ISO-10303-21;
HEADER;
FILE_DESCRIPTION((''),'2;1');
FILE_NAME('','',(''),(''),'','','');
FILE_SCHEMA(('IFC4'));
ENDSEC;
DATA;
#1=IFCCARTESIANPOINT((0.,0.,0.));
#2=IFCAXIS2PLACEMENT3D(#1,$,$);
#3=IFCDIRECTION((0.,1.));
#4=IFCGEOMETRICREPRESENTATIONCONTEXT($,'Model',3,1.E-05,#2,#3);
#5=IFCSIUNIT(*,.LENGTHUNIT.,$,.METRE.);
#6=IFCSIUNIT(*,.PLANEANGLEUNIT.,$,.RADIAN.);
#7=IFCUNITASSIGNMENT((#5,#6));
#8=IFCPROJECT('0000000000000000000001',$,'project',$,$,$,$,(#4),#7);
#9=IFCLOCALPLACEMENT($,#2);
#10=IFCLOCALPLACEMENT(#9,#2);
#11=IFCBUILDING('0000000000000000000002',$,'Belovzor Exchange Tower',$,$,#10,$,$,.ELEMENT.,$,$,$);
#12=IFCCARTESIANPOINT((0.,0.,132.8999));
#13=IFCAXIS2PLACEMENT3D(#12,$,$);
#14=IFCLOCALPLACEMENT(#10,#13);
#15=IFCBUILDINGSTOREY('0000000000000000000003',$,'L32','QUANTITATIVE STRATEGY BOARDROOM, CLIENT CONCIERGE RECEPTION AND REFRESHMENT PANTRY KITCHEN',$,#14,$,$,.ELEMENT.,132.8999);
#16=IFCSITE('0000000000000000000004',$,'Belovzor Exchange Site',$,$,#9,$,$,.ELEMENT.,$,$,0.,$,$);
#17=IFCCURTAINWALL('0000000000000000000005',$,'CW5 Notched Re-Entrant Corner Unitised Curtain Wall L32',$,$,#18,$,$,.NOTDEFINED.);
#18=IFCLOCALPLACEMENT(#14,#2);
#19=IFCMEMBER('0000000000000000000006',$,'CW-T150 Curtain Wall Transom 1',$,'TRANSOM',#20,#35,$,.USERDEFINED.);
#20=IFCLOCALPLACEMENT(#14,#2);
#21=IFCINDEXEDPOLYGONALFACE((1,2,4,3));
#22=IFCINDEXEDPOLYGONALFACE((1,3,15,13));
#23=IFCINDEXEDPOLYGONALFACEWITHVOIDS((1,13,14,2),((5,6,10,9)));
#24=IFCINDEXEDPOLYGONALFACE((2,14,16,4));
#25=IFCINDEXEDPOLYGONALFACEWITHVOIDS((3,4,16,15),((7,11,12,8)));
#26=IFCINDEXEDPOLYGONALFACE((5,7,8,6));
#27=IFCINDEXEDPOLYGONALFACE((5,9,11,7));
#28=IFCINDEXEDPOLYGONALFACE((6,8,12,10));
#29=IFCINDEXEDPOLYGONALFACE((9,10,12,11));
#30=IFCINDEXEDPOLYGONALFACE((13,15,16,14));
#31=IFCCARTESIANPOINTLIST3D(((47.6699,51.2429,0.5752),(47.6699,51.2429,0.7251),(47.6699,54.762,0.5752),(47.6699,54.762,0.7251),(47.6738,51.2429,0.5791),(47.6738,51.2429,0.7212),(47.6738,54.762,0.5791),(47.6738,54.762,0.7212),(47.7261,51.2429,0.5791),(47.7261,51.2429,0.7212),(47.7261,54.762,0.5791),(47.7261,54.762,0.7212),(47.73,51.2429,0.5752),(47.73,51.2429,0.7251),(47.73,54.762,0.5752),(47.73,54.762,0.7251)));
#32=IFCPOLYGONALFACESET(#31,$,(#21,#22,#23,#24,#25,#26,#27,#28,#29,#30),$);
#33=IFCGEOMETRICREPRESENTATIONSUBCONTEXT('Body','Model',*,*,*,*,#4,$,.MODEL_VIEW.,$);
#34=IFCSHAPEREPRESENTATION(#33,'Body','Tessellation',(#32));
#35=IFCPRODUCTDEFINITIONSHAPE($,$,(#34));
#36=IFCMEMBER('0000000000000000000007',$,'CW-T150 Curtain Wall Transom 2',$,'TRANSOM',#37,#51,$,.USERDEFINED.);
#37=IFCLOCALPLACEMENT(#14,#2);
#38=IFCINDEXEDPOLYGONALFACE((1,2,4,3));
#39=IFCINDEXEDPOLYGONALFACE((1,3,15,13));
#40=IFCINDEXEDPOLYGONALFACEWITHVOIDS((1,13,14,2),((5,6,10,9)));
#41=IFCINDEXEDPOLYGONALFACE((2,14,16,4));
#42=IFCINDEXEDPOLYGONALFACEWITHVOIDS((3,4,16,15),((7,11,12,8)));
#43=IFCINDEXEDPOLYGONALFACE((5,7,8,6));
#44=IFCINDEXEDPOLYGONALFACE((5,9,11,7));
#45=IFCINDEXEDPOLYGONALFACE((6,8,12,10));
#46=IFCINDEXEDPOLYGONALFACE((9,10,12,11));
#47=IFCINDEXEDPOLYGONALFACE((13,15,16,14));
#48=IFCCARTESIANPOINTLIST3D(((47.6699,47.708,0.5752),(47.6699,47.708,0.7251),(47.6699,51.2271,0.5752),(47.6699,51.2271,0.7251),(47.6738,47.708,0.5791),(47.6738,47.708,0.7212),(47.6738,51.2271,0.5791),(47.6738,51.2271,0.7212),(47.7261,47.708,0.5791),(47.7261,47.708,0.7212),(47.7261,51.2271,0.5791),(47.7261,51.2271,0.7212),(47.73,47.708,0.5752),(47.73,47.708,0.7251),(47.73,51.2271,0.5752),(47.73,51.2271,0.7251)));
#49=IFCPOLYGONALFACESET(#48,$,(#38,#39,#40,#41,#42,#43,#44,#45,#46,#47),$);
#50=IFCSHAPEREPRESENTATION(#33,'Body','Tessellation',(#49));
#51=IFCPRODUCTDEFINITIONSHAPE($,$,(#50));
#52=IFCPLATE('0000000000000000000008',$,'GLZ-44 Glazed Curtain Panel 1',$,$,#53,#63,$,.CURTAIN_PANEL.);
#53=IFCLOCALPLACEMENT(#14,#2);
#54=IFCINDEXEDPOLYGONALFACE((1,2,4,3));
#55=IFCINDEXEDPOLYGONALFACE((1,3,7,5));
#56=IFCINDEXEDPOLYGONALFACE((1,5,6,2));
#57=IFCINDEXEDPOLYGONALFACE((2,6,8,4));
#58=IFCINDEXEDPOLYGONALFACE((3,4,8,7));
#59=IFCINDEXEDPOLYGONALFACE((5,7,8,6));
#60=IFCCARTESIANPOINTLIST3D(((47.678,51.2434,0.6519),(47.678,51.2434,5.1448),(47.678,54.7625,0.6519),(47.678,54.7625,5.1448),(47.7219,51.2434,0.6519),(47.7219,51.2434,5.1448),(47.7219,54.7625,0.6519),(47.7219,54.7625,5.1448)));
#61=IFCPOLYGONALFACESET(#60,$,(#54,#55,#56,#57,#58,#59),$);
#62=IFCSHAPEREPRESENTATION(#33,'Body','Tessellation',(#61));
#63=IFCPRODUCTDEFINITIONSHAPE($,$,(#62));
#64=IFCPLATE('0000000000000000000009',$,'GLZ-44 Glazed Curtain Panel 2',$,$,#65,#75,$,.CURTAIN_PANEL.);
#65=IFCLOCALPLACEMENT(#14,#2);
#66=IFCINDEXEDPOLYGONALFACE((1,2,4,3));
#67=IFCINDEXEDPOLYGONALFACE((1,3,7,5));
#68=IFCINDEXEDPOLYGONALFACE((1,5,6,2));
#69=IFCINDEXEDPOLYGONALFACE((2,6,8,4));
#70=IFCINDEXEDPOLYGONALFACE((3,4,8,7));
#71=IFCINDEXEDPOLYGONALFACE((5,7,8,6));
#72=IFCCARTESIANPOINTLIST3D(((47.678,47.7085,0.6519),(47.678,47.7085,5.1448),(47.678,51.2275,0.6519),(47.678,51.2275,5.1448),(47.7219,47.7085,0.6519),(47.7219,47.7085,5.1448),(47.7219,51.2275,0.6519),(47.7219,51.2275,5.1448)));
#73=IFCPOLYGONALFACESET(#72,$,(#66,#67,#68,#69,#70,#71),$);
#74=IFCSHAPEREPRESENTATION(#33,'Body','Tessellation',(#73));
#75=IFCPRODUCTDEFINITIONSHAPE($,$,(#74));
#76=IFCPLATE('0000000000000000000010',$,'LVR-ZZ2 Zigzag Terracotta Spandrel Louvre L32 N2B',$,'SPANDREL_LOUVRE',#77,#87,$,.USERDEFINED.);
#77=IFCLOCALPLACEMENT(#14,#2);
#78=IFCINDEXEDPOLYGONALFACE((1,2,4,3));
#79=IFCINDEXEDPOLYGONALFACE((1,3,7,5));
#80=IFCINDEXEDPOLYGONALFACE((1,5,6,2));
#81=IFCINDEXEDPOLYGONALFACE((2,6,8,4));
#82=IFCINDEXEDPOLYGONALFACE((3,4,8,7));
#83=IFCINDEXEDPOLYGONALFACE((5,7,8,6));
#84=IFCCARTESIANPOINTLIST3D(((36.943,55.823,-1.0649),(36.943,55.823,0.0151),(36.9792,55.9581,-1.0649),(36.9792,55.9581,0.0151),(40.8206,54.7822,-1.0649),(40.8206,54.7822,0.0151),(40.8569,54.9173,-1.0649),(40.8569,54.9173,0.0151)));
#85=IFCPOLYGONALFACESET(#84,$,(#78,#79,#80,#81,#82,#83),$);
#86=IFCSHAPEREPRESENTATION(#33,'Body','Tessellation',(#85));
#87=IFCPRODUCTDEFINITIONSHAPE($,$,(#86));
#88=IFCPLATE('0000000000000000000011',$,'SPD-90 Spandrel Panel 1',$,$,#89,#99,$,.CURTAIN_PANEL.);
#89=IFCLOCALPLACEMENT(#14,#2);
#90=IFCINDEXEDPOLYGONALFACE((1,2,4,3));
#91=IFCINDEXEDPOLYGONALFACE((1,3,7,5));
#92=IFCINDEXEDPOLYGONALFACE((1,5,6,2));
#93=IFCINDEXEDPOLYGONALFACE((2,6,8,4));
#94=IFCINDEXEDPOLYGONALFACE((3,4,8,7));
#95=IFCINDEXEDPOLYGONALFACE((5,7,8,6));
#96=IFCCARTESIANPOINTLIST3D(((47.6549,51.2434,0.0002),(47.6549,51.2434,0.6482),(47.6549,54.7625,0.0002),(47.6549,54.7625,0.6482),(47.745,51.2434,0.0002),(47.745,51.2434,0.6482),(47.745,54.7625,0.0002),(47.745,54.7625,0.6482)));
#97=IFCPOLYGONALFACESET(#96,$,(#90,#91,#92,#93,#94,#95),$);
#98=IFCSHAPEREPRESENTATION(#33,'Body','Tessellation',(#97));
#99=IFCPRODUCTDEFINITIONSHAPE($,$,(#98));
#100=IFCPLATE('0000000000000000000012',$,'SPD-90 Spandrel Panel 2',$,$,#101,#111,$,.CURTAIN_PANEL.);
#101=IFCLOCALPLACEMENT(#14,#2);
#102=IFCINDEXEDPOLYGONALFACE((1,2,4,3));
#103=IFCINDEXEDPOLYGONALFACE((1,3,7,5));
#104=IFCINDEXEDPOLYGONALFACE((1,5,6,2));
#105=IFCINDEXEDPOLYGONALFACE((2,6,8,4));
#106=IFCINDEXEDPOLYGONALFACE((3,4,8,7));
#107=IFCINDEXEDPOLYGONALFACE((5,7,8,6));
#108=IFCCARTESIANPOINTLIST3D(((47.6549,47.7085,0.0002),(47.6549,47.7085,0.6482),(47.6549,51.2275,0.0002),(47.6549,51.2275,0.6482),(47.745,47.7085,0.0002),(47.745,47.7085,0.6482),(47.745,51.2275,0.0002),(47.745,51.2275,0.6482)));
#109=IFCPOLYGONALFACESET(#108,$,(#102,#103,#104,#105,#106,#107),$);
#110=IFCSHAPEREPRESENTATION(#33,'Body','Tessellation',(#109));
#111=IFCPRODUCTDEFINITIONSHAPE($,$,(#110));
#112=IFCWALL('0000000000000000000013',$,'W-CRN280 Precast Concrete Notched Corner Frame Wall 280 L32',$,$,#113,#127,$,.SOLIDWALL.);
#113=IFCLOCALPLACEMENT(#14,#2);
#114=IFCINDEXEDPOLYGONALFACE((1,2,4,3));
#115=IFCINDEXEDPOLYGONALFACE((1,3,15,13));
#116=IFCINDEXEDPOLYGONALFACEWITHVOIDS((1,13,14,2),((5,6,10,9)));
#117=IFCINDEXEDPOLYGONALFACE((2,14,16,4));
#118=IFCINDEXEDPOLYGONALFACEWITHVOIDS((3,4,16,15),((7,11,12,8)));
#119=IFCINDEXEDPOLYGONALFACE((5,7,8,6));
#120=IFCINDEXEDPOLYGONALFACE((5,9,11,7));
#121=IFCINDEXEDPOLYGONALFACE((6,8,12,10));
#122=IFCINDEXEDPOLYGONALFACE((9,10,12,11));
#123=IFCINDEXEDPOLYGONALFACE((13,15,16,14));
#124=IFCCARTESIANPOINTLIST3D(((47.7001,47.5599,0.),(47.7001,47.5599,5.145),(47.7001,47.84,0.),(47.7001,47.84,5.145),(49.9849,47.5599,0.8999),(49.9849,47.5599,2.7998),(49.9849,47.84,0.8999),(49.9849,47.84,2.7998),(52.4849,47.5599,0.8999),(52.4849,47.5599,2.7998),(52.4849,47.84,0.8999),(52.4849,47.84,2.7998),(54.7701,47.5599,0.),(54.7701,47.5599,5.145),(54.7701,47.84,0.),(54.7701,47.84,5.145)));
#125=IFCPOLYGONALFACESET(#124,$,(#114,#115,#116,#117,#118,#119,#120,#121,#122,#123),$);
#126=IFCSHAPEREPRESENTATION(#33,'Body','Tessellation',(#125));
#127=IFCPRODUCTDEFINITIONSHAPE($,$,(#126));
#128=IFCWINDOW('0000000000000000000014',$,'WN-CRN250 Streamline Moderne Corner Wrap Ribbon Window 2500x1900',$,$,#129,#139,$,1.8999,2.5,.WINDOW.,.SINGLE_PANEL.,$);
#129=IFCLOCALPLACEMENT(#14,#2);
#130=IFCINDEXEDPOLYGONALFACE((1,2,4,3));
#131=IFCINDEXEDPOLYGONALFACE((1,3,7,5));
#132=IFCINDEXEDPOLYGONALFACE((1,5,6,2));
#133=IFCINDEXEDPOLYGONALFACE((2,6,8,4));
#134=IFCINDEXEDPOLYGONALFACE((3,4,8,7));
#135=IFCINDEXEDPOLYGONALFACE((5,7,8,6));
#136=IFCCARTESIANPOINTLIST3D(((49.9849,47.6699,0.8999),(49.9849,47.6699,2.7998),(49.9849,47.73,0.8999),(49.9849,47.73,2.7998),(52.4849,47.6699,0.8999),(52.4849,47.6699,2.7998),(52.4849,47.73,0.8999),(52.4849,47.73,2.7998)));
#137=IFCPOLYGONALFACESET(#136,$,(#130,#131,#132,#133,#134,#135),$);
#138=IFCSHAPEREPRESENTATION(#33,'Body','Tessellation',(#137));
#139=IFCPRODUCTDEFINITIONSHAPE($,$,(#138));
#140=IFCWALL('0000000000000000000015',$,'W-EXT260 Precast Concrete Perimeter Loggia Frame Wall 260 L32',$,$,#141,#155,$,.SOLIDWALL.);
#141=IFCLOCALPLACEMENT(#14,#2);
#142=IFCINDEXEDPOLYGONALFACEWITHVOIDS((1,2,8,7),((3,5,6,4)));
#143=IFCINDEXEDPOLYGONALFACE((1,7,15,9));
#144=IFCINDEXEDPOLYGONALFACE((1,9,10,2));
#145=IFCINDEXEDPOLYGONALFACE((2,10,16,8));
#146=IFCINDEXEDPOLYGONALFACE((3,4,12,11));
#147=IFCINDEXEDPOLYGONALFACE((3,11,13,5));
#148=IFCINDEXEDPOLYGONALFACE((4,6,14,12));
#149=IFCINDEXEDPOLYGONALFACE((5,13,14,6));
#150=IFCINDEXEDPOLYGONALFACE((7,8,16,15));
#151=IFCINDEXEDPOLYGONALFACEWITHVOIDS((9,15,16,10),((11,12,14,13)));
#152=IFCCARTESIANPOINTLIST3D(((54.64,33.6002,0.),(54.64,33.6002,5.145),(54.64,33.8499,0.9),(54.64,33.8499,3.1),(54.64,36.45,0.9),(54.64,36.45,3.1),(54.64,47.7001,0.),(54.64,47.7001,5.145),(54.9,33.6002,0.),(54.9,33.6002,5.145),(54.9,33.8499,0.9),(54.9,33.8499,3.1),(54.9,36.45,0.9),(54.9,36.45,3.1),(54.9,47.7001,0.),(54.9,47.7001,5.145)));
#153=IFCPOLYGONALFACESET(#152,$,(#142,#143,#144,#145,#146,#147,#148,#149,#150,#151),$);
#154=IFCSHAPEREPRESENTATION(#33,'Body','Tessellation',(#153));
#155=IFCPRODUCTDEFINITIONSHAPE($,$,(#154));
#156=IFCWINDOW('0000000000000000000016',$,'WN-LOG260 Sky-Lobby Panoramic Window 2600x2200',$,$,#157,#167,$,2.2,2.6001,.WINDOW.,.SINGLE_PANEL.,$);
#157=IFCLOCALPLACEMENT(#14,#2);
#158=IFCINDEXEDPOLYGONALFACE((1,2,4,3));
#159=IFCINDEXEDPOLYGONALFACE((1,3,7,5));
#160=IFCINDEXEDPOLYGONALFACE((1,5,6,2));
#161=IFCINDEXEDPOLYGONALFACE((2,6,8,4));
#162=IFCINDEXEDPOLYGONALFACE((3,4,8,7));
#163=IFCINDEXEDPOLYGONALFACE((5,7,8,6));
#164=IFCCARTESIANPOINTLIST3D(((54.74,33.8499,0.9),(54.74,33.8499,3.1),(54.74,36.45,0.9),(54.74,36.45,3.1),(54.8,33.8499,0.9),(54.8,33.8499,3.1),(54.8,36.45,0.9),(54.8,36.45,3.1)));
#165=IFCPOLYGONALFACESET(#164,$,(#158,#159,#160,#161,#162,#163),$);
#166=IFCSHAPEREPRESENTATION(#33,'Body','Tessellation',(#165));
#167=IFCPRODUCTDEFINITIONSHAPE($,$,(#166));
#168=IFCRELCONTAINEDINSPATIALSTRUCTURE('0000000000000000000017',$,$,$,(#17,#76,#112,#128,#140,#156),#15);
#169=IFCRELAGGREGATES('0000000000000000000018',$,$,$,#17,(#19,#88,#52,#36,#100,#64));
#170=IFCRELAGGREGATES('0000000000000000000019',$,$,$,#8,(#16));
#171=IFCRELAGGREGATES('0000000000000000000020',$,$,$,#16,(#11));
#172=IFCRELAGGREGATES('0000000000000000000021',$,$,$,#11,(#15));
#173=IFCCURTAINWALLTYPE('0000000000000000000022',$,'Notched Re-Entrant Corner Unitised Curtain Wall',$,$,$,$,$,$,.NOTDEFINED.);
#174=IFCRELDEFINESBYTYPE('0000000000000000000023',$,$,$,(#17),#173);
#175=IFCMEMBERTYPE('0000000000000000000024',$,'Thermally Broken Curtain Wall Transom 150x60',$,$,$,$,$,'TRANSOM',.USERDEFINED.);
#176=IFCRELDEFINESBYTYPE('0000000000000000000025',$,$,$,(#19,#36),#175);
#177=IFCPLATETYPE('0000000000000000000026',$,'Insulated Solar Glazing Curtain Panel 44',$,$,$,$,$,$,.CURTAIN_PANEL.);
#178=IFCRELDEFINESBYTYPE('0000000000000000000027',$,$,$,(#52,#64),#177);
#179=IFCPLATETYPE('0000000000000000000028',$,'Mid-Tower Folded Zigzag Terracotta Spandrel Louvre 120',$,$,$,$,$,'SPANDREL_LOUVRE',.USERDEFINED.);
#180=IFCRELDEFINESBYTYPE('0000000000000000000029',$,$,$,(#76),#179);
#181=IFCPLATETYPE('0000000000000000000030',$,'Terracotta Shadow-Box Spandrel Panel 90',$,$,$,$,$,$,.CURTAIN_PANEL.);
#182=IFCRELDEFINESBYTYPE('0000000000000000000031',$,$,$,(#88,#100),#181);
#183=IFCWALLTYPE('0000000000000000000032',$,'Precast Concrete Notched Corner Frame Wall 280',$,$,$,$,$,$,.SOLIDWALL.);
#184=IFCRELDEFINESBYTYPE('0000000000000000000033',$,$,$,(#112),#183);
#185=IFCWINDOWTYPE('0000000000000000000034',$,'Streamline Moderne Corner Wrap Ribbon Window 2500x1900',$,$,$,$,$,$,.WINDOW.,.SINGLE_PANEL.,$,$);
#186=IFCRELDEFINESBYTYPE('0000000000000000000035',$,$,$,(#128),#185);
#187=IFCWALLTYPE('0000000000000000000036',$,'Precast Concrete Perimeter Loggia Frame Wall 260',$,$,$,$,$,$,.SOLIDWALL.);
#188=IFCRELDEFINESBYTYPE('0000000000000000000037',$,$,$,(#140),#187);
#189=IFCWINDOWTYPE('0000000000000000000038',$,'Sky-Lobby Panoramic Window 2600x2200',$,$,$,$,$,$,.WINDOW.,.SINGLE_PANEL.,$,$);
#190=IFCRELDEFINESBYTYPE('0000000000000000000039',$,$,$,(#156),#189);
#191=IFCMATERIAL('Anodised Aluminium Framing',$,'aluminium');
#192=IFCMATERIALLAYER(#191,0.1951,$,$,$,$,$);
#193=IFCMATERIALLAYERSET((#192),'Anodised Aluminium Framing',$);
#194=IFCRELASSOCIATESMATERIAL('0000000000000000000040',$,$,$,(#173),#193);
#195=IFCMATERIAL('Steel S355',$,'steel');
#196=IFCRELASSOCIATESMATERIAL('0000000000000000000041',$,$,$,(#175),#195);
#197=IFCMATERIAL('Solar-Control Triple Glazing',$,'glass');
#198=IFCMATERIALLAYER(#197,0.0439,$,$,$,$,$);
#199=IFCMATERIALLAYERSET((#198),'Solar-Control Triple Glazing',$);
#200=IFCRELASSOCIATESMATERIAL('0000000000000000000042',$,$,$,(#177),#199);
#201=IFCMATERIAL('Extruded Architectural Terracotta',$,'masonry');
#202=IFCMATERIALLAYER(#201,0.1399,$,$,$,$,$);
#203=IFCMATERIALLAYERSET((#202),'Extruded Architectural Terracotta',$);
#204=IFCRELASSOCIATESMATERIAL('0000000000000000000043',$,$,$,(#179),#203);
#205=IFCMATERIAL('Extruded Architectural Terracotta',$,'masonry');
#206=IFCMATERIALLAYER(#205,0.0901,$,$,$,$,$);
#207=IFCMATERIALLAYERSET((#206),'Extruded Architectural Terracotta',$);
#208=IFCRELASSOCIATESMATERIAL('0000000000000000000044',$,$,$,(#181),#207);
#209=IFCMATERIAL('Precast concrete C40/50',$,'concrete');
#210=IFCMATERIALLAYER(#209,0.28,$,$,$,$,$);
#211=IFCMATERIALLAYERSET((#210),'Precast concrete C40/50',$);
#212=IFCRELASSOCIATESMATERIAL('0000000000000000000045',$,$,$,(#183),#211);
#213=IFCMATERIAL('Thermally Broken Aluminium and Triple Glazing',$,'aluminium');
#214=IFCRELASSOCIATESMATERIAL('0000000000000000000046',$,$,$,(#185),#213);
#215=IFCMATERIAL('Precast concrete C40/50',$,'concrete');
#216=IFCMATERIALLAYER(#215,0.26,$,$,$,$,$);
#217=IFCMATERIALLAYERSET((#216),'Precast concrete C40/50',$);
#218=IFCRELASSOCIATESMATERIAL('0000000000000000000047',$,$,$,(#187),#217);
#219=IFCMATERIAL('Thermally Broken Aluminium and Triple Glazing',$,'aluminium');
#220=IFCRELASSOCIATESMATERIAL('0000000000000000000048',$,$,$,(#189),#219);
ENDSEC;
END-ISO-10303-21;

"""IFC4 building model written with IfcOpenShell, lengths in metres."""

from ifc_helpers import new_model, si_unit, direction, frame, frame_2d, origin, origin_2d, place, context, subcontext, project, spatial, rectangle, hollow_rectangle, extrude, material, layer, layer_set, material_profile, profile_set, type_object, element, fill, aggregate, save


model = new_model("IFC4")

# Units and contexts
model_context = context("Model", 3, precision=1e-05, world=origin(), true_north=direction((0.0, 1.0)))
body_context = subcontext(model_context, "Body", "Model", "MODEL_VIEW")
ifc_project = project(units=[si_unit("LENGTHUNIT", "METRE"), si_unit("PLANEANGLEUNIT", "RADIAN")], contexts=[model_context])

# Site, building, storey
site_placement = place(None, origin())
site = spatial("IfcSite", under=ifc_project, at=site_placement, Name="Belovzor Exchange Site", CompositionType="ELEMENT", RefElevation=0.0)
building_placement = place(site_placement, origin())
building = spatial("IfcBuilding", under=site, at=building_placement, Name="Belovzor Exchange Tower", CompositionType="ELEMENT")
storey_placement = place(building_placement, frame((0.0, 0.0, 132.8999)))
storey = spatial("IfcBuildingStorey", under=building, at=storey_placement, Name="L32", Description="QUANTITATIVE STRATEGY BOARDROOM, CLIENT CONCIERGE RECEPTION AND REFRESHMENT PANTRY KITCHEN", CompositionType="ELEMENT", Elevation=132.8999)

# Curtain wall, members, plates
ifc_material_1 = material(Name="Anodised Aluminium Framing", Category="aluminium")
ifc_layer_1 = layer(ifc_material_1, 0.1951)
ifc_layer_set_1 = layer_set([ifc_layer_1], Name="Anodised Aluminium Framing")
curtain_wall_type = type_object("IfcCurtainWallType", Name="Notched Re-Entrant Corner Unitised Curtain Wall", PredefinedType="NOTDEFINED", material=ifc_layer_set_1)
curtain_wall_placement = place(storey_placement, origin())
curtain_wall = element("IfcCurtainWall", 1, at=curtain_wall_placement, inside=storey, type_object=curtain_wall_type, Name="CW5 Notched Re-Entrant Corner Unitised Curtain Wall L32", PredefinedType="NOTDEFINED")
ifc_material_2 = material(Name="Steel S355", Category="steel")
ifc_material_profile_1 = material_profile(ifc_material_2, hollow_rectangle(XDim=0.0601, YDim=0.1499, WallThickness=0.0039, at=origin_2d()))
ifc_profile_set_1 = profile_set([ifc_material_profile_1], Name="Steel S355")
member_type_1 = type_object("IfcMemberType", Name="Thermally Broken Curtain Wall Transom 150x60", ElementType="TRANSOM", PredefinedType="USERDEFINED", material=ifc_profile_set_1)
member_1_placement = place(storey_placement, frame((47.7, 54.762, 0.6501), z_axis=(0.0, -1.0, 0.0), x_axis=(1.0, 0.0, 0.0)))
member_1 = element("IfcMember", 2, at=member_1_placement, type_object=member_type_1, Name="CW-T150 Curtain Wall Transom 1", ObjectType="TRANSOM", PredefinedType="USERDEFINED", context=body_context, shape_type="SweptSolid", body=[
    extrude(hollow_rectangle(XDim=0.0601, YDim=0.1499, WallThickness=0.0039, at=origin_2d()), origin(), (0.0, 0.0, 1.0), 3.519),
])
member_2_placement = place(storey_placement, frame((47.7, 51.2271, 0.6501), z_axis=(0.0, -1.0, 0.0), x_axis=(1.0, 0.0, 0.0)))
member_2 = element("IfcMember", 3, at=member_2_placement, type_object=member_type_1, Name="CW-T150 Curtain Wall Transom 2", ObjectType="TRANSOM", PredefinedType="USERDEFINED", context=body_context, shape_type="SweptSolid", body=[
    extrude(hollow_rectangle(XDim=0.0601, YDim=0.1499, WallThickness=0.0039, at=origin_2d()), origin(), (0.0, 0.0, 1.0), 3.519),
])
ifc_material_3 = material(Name="Solar-Control Triple Glazing", Category="glass")
ifc_layer_2 = layer(ifc_material_3, 0.0439)
ifc_layer_set_2 = layer_set([ifc_layer_2], Name="Solar-Control Triple Glazing")
plate_type_1 = type_object("IfcPlateType", Name="Insulated Solar Glazing Curtain Panel 44", PredefinedType="CURTAIN_PANEL", material=ifc_layer_set_2)
plate_1_placement = place(storey_placement, frame((47.7, 53.0029, 0.6519), z_axis=(0.0, 0.0, 1.0), x_axis=(0.0, -1.0, 0.0)))
plate_1 = element("IfcPlate", 4, at=plate_1_placement, type_object=plate_type_1, Name="GLZ-44 Glazed Curtain Panel 1", PredefinedType="CURTAIN_PANEL", context=body_context, shape_type="SweptSolid", body=[
    extrude(rectangle(XDim=3.519, YDim=0.0439, at=origin_2d()), origin(), (0.0, 0.0, 1.0), 4.4929),
])
plate_2_placement = place(storey_placement, frame((47.7, 49.468, 0.6519), z_axis=(0.0, 0.0, 1.0), x_axis=(0.0, -1.0, 0.0)))
plate_2 = element("IfcPlate", 5, at=plate_2_placement, type_object=plate_type_1, Name="GLZ-44 Glazed Curtain Panel 2", PredefinedType="CURTAIN_PANEL", context=body_context, shape_type="SweptSolid", body=[
    extrude(rectangle(XDim=3.519, YDim=0.0439, at=origin_2d()), origin(), (0.0, 0.0, 1.0), 4.4929),
])

# Plates
ifc_material_4 = material(Name="Extruded Architectural Terracotta", Category="masonry")
ifc_layer_3 = layer(ifc_material_4, 0.1399)
ifc_layer_set_3 = layer_set([ifc_layer_3], Name="Extruded Architectural Terracotta")
plate_type_2 = type_object("IfcPlateType", Name="Mid-Tower Folded Zigzag Terracotta Spandrel Louvre 120", ElementType="SPANDREL_LOUVRE", PredefinedType="USERDEFINED", material=ifc_layer_set_3)
plate_3_placement = place(storey_placement, frame((38.8999, 55.3701, -1.0649), z_axis=(0.0, 0.0, 1.0), x_axis=(0.965813, -0.25924, 0.0)))
element("IfcPlate", 6, at=plate_3_placement, inside=storey, type_object=plate_type_2, Name="LVR-ZZ2 Zigzag Terracotta Spandrel Louvre L32 N2B", ObjectType="SPANDREL_LOUVRE", PredefinedType="USERDEFINED", context=body_context, shape_type="SweptSolid", body=[
    extrude(rectangle(XDim=4.0149, YDim=0.1399, at=origin_2d()), origin(), (0.0, 0.0, 1.0), 1.0801),
])
ifc_material_5 = material(Name="Extruded Architectural Terracotta", Category="masonry")
ifc_layer_4 = layer(ifc_material_5, 0.0901)
ifc_layer_set_4 = layer_set([ifc_layer_4], Name="Extruded Architectural Terracotta")
plate_type_3 = type_object("IfcPlateType", Name="Terracotta Shadow-Box Spandrel Panel 90", PredefinedType="CURTAIN_PANEL", material=ifc_layer_set_4)
plate_4_placement = place(storey_placement, frame((47.7, 53.0029, 0.0002), z_axis=(0.0, 0.0, 1.0), x_axis=(0.0, -1.0, 0.0)))
plate_4 = element("IfcPlate", 7, at=plate_4_placement, type_object=plate_type_3, Name="SPD-90 Spandrel Panel 1", PredefinedType="CURTAIN_PANEL", context=body_context, shape_type="SweptSolid", body=[
    extrude(rectangle(XDim=3.519, YDim=0.0901, at=origin_2d()), origin(), (0.0, 0.0, 1.0), 0.6479),
])
plate_5_placement = place(storey_placement, frame((47.7, 49.468, 0.0002), z_axis=(0.0, 0.0, 1.0), x_axis=(0.0, -1.0, 0.0)))
plate_5 = element("IfcPlate", 8, at=plate_5_placement, type_object=plate_type_3, Name="SPD-90 Spandrel Panel 2", PredefinedType="CURTAIN_PANEL", context=body_context, shape_type="SweptSolid", body=[
    extrude(rectangle(XDim=3.519, YDim=0.0901, at=origin_2d()), origin(), (0.0, 0.0, 1.0), 0.6479),
])
aggregate(curtain_wall, [member_1, plate_4, plate_1, member_2, plate_5, plate_2])

# Walls, openings, windows
ifc_material_6 = material(Name="Precast concrete C40/50", Category="concrete")
ifc_layer_5 = layer(ifc_material_6, 0.28)
ifc_layer_set_5 = layer_set([ifc_layer_5], Name="Precast concrete C40/50")
wall_type_1 = type_object("IfcWallType", Name="Precast Concrete Notched Corner Frame Wall 280", PredefinedType="SOLIDWALL", material=ifc_layer_set_5)
wall_1_placement = place(storey_placement, frame((47.7, 47.7, 0.0), z_axis=(0.0, 0.0, 1.0), x_axis=(1.0, 0.0, 0.0)))
wall_1 = element("IfcWall", 9, at=wall_1_placement, inside=storey, type_object=wall_type_1, Name="W-CRN280 Precast Concrete Notched Corner Frame Wall 280 L32", PredefinedType="SOLIDWALL", context=body_context, shape_type="SweptSolid", body=[
    extrude(rectangle(XDim=7.0701, YDim=0.28, at=frame_2d((3.5352, 0.0))), origin(), (0.0, 0.0, 1.0), 5.145),
])
opening_1_placement = place(wall_1_placement, frame((2.2849, 0.0, 0.8999)))
opening_1 = element("IfcOpeningElement", 10, at=opening_1_placement, cuts=wall_1, PredefinedType="OPENING", context=body_context, shape_type="SweptSolid", body=[
    extrude(rectangle(XDim=2.5, YDim=1.8999, at=frame_2d((1.25, 0.95))), frame((0.0, 0.1499, 0.0), z_axis=(0.0, -1.0, 0.0), x_axis=(1.0, 0.0, 0.0)), (0.0, 0.0, 1.0), 0.3),
])
ifc_material_7 = material(Name="Thermally Broken Aluminium and Triple Glazing", Category="aluminium")
window_type_1 = type_object("IfcWindowType", Name="Streamline Moderne Corner Wrap Ribbon Window 2500x1900", PartitioningType="SINGLE_PANEL", PredefinedType="WINDOW", material=ifc_material_7)
window_1_placement = place(opening_1_placement, origin())
window_1 = element("IfcWindow", 11, at=window_1_placement, inside=storey, type_object=window_type_1, Name="WN-CRN250 Streamline Moderne Corner Wrap Ribbon Window 2500x1900", OverallHeight=1.8999, OverallWidth=2.5, PartitioningType="SINGLE_PANEL", PredefinedType="WINDOW", context=body_context, shape_type="SweptSolid", body=[
    extrude(rectangle(XDim=2.5, YDim=1.8999, at=frame_2d((1.25, 0.95))), frame((0.0, 0.03, 0.0), z_axis=(0.0, -1.0, 0.0), x_axis=(1.0, 0.0, 0.0)), (0.0, 0.0, 1.0), 0.0601),
])
fill(opening_1, window_1)
ifc_material_8 = material(Name="Precast concrete C40/50", Category="concrete")
ifc_layer_6 = layer(ifc_material_8, 0.26)
ifc_layer_set_6 = layer_set([ifc_layer_6], Name="Precast concrete C40/50")
wall_type_2 = type_object("IfcWallType", Name="Precast Concrete Perimeter Loggia Frame Wall 260", PredefinedType="SOLIDWALL", material=ifc_layer_set_6)
wall_2_placement = place(storey_placement, frame((54.77, 47.7, 0.0), z_axis=(0.0, 0.0, 1.0), x_axis=(0.0, -1.0, 0.0)))
wall_2 = element("IfcWall", 12, at=wall_2_placement, inside=storey, type_object=wall_type_2, Name="W-EXT260 Precast Concrete Perimeter Loggia Frame Wall 260 L32", PredefinedType="SOLIDWALL", context=body_context, shape_type="SweptSolid", body=[
    extrude(rectangle(XDim=14.0999, YDim=0.26, at=frame_2d((7.0498, 0.0))), origin(), (0.0, 0.0, 1.0), 5.145),
])
opening_2_placement = place(wall_2_placement, frame((11.25, 0.0, 0.8999)))
opening_2 = element("IfcOpeningElement", 13, at=opening_2_placement, cuts=wall_2, PredefinedType="OPENING", context=body_context, shape_type="SweptSolid", body=[
    extrude(rectangle(XDim=2.6001, YDim=2.2, at=frame_2d((1.3, 1.1001))), frame((0.0, 0.1399, 0.0), z_axis=(0.0, -1.0, 0.0), x_axis=(1.0, 0.0, 0.0)), (0.0, 0.0, 1.0), 0.28),
])
ifc_material_9 = material(Name="Thermally Broken Aluminium and Triple Glazing", Category="aluminium")
window_type_2 = type_object("IfcWindowType", Name="Sky-Lobby Panoramic Window 2600x2200", PartitioningType="SINGLE_PANEL", PredefinedType="WINDOW", material=ifc_material_9)
window_2_placement = place(opening_2_placement, origin())
window_2 = element("IfcWindow", 14, at=window_2_placement, inside=storey, type_object=window_type_2, Name="WN-LOG260 Sky-Lobby Panoramic Window 2600x2200", OverallHeight=2.2, OverallWidth=2.6001, PartitioningType="SINGLE_PANEL", PredefinedType="WINDOW", context=body_context, shape_type="SweptSolid", body=[
    extrude(rectangle(XDim=2.6001, YDim=2.2, at=frame_2d((1.3, 1.1001))), frame((0.0, 0.03, 0.0), z_axis=(0.0, -1.0, 0.0), x_axis=(1.0, 0.0, 0.0)), (0.0, 0.0, 1.0), 0.0601),
])
fill(opening_2, window_2)

save(model, "model.ifc")
